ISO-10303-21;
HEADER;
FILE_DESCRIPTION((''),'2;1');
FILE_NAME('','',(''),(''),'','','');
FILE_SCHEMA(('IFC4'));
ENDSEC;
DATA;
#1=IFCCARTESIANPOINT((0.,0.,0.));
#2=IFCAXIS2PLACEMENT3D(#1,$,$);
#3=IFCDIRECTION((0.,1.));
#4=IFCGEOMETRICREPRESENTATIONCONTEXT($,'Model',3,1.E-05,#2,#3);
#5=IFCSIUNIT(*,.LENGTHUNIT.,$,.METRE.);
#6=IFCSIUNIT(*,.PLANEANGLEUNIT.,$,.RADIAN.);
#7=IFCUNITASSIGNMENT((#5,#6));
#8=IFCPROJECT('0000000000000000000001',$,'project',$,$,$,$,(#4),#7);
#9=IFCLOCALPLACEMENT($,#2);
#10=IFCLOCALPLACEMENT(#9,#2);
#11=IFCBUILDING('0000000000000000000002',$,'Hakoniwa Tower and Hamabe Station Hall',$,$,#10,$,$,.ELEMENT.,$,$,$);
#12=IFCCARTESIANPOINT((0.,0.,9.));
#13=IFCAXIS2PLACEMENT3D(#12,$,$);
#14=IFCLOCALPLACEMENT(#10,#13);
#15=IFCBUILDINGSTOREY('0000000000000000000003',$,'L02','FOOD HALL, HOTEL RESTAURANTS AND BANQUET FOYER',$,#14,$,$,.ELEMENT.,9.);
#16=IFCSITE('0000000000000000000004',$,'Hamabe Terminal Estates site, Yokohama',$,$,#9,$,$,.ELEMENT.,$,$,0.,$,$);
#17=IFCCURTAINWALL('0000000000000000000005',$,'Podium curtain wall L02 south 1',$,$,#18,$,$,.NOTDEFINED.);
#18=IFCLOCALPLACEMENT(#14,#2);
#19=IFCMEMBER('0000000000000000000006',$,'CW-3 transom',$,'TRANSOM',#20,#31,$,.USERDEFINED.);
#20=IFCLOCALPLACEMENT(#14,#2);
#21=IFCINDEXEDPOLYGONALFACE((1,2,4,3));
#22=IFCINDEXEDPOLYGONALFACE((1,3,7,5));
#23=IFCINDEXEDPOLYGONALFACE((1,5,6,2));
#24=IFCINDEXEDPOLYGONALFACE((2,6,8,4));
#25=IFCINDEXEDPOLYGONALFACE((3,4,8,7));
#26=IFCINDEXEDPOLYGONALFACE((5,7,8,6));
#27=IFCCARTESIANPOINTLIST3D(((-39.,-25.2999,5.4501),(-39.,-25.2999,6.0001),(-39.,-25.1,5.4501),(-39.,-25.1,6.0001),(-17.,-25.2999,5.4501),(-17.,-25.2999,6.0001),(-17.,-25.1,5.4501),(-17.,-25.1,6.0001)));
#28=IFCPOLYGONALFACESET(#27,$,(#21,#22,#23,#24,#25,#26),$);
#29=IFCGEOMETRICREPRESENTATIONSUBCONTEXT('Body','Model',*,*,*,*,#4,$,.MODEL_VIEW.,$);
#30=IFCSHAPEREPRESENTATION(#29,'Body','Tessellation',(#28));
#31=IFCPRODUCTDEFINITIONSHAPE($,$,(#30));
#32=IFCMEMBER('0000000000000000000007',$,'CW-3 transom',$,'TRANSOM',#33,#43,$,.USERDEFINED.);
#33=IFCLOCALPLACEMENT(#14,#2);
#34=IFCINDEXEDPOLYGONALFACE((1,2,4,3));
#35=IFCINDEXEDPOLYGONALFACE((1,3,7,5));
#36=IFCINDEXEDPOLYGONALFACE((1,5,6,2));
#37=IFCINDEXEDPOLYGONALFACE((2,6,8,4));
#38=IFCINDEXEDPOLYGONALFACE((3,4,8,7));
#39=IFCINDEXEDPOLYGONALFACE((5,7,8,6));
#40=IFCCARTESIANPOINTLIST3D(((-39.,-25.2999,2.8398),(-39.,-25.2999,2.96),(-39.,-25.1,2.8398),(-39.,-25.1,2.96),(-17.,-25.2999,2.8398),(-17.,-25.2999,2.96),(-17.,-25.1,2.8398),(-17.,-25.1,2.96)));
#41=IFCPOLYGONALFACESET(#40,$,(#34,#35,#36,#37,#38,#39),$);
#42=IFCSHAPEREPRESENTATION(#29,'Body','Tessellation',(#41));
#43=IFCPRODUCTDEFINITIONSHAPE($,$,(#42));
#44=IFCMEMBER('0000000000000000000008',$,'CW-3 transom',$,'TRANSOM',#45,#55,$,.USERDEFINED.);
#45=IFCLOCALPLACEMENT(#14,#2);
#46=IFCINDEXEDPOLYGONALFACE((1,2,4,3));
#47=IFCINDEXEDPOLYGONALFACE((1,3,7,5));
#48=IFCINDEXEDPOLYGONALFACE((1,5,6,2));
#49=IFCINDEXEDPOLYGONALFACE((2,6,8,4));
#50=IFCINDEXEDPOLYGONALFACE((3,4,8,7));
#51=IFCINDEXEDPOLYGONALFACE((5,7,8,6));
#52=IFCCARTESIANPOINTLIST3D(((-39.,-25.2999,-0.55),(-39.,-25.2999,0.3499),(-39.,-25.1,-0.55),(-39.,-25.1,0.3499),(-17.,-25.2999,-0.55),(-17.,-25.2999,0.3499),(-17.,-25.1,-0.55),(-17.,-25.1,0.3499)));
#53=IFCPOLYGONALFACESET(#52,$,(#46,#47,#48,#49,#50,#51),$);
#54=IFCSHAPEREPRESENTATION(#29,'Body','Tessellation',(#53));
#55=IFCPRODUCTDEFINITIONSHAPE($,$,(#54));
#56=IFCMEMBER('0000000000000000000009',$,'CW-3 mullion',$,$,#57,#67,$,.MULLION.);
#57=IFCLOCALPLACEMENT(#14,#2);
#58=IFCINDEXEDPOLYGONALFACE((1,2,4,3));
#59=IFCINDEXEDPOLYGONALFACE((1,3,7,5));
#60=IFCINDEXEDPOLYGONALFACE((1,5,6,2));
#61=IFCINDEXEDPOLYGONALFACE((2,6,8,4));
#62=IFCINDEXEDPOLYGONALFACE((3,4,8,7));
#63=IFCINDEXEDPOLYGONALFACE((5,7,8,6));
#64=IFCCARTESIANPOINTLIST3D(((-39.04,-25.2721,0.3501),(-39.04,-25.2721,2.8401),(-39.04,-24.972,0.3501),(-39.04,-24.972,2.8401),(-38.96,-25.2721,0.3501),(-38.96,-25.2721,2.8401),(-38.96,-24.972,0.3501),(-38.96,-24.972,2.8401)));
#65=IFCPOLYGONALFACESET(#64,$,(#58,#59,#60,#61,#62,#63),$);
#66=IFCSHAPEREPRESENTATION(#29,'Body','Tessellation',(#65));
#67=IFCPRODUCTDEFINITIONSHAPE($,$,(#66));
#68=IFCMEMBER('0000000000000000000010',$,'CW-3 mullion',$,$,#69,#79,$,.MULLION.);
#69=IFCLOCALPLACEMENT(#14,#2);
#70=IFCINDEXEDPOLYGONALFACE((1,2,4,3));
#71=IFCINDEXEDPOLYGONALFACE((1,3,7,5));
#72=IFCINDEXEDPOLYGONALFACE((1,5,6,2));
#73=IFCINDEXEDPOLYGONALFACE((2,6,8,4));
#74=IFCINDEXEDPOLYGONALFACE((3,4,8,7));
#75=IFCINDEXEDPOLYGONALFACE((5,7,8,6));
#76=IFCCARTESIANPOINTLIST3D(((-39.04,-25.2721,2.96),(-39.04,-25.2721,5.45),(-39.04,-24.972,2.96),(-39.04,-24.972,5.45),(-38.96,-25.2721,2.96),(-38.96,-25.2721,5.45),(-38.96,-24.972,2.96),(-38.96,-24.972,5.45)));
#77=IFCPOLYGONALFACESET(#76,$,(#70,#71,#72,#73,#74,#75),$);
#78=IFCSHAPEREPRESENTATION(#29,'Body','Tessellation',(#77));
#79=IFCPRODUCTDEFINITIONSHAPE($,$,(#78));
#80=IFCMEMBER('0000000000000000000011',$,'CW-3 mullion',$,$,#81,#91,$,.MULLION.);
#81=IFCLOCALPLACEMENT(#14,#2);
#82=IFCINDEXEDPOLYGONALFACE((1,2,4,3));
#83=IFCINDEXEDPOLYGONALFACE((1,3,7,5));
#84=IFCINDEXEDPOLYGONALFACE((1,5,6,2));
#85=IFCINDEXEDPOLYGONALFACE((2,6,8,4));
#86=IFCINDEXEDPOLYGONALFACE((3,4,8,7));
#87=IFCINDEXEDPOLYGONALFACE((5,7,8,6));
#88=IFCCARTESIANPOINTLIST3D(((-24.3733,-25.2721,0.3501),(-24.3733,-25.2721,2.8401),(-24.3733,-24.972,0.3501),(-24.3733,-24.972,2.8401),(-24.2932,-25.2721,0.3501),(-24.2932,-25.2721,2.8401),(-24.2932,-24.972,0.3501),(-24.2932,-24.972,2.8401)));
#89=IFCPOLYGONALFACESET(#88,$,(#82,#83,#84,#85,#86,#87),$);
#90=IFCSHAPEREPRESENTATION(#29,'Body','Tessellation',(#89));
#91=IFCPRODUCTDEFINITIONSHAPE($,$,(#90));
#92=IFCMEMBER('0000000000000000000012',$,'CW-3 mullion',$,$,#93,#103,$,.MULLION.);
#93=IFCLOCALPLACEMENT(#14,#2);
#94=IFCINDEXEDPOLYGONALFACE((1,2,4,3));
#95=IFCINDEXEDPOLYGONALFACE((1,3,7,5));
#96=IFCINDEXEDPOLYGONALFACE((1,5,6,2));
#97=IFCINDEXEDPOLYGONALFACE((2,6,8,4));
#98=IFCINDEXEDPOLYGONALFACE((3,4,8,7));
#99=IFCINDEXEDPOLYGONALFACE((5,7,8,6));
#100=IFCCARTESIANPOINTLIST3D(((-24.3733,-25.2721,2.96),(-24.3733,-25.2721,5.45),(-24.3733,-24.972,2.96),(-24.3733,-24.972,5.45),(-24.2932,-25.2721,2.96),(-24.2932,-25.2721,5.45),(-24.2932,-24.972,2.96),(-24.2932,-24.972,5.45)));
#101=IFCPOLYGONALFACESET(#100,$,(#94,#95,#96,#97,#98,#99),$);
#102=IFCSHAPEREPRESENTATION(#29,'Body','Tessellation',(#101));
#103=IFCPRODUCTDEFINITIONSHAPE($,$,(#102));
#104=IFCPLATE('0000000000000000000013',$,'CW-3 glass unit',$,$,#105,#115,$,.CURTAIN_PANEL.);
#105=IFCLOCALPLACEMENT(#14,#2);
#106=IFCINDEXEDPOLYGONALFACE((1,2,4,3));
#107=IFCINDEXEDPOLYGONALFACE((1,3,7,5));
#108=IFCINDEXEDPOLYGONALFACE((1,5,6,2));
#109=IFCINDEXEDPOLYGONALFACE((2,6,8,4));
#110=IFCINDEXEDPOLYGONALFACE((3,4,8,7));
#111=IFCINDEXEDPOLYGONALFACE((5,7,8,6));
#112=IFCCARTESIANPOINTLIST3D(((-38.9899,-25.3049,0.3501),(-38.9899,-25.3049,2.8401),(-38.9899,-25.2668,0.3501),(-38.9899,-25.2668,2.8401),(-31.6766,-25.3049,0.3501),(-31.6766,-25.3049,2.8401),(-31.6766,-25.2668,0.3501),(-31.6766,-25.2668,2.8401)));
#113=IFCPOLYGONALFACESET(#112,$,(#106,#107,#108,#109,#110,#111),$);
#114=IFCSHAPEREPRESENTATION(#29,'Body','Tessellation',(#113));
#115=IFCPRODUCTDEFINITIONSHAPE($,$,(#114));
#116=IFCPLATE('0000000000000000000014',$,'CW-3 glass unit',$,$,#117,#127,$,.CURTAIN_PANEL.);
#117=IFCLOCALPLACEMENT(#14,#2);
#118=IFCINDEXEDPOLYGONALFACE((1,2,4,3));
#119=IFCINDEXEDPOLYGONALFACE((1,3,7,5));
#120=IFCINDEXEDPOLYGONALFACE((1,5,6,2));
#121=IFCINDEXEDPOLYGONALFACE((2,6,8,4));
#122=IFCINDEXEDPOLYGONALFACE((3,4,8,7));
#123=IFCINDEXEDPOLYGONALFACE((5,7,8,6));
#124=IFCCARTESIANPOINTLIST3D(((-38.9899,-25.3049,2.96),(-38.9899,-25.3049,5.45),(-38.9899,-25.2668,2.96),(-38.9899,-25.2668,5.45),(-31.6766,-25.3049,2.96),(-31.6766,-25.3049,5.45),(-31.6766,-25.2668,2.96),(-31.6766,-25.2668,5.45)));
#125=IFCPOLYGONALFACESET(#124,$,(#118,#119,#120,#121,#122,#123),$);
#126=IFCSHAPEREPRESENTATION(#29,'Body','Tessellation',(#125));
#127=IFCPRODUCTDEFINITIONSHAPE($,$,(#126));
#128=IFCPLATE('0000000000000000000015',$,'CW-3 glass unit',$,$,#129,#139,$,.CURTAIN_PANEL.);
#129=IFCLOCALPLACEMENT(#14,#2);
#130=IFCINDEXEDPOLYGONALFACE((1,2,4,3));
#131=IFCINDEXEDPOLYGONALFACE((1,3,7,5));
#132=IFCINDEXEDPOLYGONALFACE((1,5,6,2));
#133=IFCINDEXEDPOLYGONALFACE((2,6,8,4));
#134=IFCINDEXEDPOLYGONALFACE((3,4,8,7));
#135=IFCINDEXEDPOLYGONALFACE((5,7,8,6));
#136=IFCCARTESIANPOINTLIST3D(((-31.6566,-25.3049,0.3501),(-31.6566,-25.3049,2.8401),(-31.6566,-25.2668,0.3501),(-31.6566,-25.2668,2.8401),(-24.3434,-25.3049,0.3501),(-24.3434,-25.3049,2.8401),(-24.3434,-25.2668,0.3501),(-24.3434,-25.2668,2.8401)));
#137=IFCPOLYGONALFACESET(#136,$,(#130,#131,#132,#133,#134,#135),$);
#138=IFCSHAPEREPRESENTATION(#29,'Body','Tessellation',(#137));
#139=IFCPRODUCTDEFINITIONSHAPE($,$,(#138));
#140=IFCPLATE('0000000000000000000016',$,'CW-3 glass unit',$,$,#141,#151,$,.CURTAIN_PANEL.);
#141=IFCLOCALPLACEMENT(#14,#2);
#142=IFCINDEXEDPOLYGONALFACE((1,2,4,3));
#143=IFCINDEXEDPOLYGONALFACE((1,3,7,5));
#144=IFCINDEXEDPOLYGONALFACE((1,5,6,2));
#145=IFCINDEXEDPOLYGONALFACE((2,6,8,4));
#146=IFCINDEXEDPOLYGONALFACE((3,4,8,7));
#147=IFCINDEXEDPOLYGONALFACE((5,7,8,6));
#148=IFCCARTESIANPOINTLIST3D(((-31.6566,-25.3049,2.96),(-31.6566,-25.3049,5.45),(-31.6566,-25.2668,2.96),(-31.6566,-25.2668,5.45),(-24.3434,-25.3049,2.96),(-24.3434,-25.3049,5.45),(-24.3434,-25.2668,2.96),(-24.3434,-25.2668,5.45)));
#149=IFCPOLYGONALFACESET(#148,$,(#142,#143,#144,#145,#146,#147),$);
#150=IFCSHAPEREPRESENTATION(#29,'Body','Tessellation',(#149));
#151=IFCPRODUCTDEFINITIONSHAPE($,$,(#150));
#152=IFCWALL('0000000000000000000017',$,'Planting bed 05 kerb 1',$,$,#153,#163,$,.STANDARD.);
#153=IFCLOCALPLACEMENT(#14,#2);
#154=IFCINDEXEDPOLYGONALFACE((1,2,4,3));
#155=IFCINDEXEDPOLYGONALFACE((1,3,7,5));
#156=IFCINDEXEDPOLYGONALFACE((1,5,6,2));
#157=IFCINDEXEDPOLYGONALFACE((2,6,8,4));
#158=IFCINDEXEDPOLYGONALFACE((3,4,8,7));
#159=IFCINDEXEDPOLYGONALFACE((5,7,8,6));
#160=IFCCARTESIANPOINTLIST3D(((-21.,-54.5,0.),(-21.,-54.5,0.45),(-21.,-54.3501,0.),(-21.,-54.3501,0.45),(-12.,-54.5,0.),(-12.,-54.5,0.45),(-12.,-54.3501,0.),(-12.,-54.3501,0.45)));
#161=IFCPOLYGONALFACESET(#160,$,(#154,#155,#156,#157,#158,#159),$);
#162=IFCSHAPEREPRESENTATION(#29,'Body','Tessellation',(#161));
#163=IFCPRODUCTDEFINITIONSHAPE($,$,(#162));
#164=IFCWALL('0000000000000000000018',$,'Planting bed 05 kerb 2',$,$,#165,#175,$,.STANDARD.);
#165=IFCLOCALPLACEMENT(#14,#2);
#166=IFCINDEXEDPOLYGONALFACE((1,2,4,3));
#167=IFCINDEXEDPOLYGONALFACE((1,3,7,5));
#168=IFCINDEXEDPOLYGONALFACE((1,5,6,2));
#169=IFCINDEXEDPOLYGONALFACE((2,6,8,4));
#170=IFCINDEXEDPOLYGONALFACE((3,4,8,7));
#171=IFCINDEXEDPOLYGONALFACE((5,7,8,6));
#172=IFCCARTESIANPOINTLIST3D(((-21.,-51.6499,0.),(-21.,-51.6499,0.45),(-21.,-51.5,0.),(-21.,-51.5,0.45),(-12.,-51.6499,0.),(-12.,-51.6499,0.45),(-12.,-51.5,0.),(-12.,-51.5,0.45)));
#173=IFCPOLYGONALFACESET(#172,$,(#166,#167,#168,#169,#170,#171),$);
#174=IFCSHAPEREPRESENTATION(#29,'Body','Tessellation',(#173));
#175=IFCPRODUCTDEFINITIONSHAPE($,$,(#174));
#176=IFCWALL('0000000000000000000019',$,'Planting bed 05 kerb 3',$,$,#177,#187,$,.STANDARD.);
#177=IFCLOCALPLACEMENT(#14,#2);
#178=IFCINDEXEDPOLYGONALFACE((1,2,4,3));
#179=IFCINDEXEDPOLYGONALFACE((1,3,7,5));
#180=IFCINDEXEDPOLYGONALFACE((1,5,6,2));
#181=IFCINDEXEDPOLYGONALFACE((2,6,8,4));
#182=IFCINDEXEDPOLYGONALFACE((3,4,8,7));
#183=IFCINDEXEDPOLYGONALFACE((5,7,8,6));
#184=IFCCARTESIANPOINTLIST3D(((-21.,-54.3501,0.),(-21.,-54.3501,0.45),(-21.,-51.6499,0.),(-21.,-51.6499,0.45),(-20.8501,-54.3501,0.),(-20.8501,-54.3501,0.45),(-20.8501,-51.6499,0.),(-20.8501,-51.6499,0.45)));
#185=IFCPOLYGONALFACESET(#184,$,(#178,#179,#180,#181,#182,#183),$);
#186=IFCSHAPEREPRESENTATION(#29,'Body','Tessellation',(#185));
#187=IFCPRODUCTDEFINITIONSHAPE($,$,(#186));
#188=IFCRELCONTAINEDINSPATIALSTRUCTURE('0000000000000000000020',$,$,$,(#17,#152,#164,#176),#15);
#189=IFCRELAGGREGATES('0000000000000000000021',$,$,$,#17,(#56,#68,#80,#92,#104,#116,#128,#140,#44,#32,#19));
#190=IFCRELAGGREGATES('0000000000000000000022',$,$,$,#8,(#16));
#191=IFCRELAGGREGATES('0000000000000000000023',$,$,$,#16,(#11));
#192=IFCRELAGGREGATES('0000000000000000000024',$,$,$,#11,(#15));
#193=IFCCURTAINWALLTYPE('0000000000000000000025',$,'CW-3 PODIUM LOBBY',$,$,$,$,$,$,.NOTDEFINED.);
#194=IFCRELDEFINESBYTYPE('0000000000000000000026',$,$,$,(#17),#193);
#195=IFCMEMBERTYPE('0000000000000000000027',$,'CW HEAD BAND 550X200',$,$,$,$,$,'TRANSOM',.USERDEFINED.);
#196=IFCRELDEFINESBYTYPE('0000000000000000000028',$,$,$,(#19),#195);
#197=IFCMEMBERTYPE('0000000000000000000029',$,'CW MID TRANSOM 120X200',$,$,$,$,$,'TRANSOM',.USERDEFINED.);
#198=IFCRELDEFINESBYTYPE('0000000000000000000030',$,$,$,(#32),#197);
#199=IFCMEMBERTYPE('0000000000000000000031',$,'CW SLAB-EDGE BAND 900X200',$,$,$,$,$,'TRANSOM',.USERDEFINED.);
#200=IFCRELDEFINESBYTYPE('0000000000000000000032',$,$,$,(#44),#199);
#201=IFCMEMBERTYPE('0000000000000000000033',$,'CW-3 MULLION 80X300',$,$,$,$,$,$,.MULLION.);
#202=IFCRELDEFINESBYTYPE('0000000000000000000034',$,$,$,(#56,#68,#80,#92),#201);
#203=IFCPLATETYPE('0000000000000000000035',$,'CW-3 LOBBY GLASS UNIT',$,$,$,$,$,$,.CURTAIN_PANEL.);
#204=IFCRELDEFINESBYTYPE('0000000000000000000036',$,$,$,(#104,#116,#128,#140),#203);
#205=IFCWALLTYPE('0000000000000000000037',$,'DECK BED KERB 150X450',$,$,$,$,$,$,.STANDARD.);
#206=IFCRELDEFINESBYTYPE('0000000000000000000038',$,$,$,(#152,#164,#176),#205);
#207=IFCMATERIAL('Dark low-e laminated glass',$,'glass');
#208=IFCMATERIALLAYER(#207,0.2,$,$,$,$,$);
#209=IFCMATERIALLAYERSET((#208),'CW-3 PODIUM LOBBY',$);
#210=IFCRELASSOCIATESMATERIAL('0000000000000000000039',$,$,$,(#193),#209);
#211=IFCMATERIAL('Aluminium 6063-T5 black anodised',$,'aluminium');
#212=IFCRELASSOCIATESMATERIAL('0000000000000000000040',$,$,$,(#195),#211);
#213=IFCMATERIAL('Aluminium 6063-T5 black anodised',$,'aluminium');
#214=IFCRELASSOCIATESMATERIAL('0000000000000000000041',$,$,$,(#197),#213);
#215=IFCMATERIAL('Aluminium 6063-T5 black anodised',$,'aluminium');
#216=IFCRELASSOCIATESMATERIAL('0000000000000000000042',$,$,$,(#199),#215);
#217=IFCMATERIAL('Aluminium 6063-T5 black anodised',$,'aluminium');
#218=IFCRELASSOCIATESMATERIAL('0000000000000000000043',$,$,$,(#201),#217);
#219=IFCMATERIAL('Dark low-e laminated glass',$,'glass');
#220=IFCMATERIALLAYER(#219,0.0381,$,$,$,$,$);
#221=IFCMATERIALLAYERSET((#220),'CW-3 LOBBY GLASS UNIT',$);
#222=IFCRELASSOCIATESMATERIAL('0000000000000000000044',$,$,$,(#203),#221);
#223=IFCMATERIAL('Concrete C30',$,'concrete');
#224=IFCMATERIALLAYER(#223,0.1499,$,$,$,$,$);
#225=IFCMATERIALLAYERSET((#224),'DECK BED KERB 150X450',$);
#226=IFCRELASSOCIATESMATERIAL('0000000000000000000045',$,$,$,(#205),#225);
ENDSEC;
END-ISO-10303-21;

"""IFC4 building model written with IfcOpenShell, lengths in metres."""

from ifc_helpers import new_model, si_unit, direction, frame, frame_2d, origin, origin_2d, place, context, subcontext, project, spatial, rectangle, extrude, material, layer, layer_set, material_profile, profile_set, type_object, element, aggregate, save


model = new_model("IFC4")

# Units and contexts
model_context = context("Model", 3, precision=1e-05, world=origin(), true_north=direction((0.0, 1.0)))
body_context = subcontext(model_context, "Body", "Model", "MODEL_VIEW")
ifc_project = project(units=[si_unit("LENGTHUNIT", "METRE"), si_unit("PLANEANGLEUNIT", "RADIAN")], contexts=[model_context])

# Site, building, storey
site_placement = place(None, origin())
site = spatial("IfcSite", under=ifc_project, at=site_placement, Name="Hamabe Terminal Estates site, Yokohama", CompositionType="ELEMENT", RefElevation=0.0)
building_placement = place(site_placement, origin())
building = spatial("IfcBuilding", under=site, at=building_placement, Name="Hakoniwa Tower and Hamabe Station Hall", CompositionType="ELEMENT")
storey_placement = place(building_placement, frame((0.0, 0.0, 9.0)))
storey = spatial("IfcBuildingStorey", under=building, at=storey_placement, Name="L02", Description="FOOD HALL, HOTEL RESTAURANTS AND BANQUET FOYER", CompositionType="ELEMENT", Elevation=9.0)

# Curtain wall, members, plates
ifc_material_1 = material(Name="Dark low-e laminated glass", Category="glass")
ifc_layer_1 = layer(ifc_material_1, 0.2)
ifc_layer_set_1 = layer_set([ifc_layer_1], Name="CW-3 PODIUM LOBBY")
curtain_wall_type = type_object("IfcCurtainWallType", Name="CW-3 PODIUM LOBBY", PredefinedType="NOTDEFINED", material=ifc_layer_set_1)
curtain_wall_placement = place(storey_placement, origin())
curtain_wall = element("IfcCurtainWall", 1, at=curtain_wall_placement, inside=storey, type_object=curtain_wall_type, Name="Podium curtain wall L02 south 1", PredefinedType="NOTDEFINED")
ifc_material_2 = material(Name="Aluminium 6063-T5 black anodised", Category="aluminium")
ifc_material_profile_1 = material_profile(ifc_material_2, rectangle(XDim=0.2, YDim=0.55, at=origin_2d()), Name="CW HEAD BAND 550X200")
ifc_profile_set_1 = profile_set([ifc_material_profile_1], Name="Aluminium 6063-T5 black anodised")
member_type_1 = type_object("IfcMemberType", Name="CW HEAD BAND 550X200", ElementType="TRANSOM", PredefinedType="USERDEFINED", material=ifc_profile_set_1)
member_1_placement = place(storey_placement, frame((-39.0, -25.2, 5.7251), z_axis=(1.0, 0.0, 0.0), x_axis=(0.0, 1.0, 0.0)))
member_1 = element("IfcMember", 2, at=member_1_placement, type_object=member_type_1, Name="CW-3 transom", ObjectType="TRANSOM", PredefinedType="USERDEFINED", context=body_context, shape_type="SweptSolid", body=[
    extrude(rectangle(XDim=0.2, YDim=0.55, at=origin_2d()), origin(), (0.0, 0.0, 1.0), 22.0),
])
ifc_material_3 = material(Name="Aluminium 6063-T5 black anodised", Category="aluminium")
ifc_material_profile_2 = material_profile(ifc_material_3, rectangle(XDim=0.2, YDim=0.1201, at=origin_2d()), Name="CW MID TRANSOM 120X200")
ifc_profile_set_2 = profile_set([ifc_material_profile_2], Name="Aluminium 6063-T5 black anodised")
member_type_2 = type_object("IfcMemberType", Name="CW MID TRANSOM 120X200", ElementType="TRANSOM", PredefinedType="USERDEFINED", material=ifc_profile_set_2)
member_2_placement = place(storey_placement, frame((-39.0, -25.2, 2.8999), z_axis=(1.0, 0.0, 0.0), x_axis=(0.0, 1.0, 0.0)))
member_2 = element("IfcMember", 3, at=member_2_placement, type_object=member_type_2, Name="CW-3 transom", ObjectType="TRANSOM", PredefinedType="USERDEFINED", context=body_context, shape_type="SweptSolid", body=[
    extrude(rectangle(XDim=0.2, YDim=0.1201, at=origin_2d()), origin(), (0.0, 0.0, 1.0), 22.0),
])
ifc_material_4 = material(Name="Aluminium 6063-T5 black anodised", Category="aluminium")
ifc_material_profile_3 = material_profile(ifc_material_4, rectangle(XDim=0.2, YDim=0.8999, at=origin_2d()), Name="CW SLAB-EDGE BAND 900X200")
ifc_profile_set_3 = profile_set([ifc_material_profile_3], Name="Aluminium 6063-T5 black anodised")
member_type_3 = type_object("IfcMemberType", Name="CW SLAB-EDGE BAND 900X200", ElementType="TRANSOM", PredefinedType="USERDEFINED", material=ifc_profile_set_3)
member_3_placement = place(storey_placement, frame((-39.0, -25.2, -0.1001), z_axis=(1.0, 0.0, 0.0), x_axis=(0.0, 1.0, 0.0)))
member_3 = element("IfcMember", 4, at=member_3_placement, type_object=member_type_3, Name="CW-3 transom", ObjectType="TRANSOM", PredefinedType="USERDEFINED", context=body_context, shape_type="SweptSolid", body=[
    extrude(rectangle(XDim=0.2, YDim=0.8999, at=origin_2d()), origin(), (0.0, 0.0, 1.0), 22.0),
])
ifc_material_5 = material(Name="Aluminium 6063-T5 black anodised", Category="aluminium")
ifc_material_profile_4 = material_profile(ifc_material_5, rectangle(XDim=0.0801, YDim=0.3, at=origin_2d()), Name="CW-3 MULLION 80X300")
ifc_profile_set_4 = profile_set([ifc_material_profile_4], Name="Aluminium 6063-T5 black anodised")
member_type_4 = type_object("IfcMemberType", Name="CW-3 MULLION 80X300", PredefinedType="MULLION", material=ifc_profile_set_4)
member_4_placement = place(storey_placement, frame((-39.0, -25.1221, 0.3501), z_axis=(0.0, 0.0, 1.0), x_axis=(1.0, 0.0, 0.0)))
member_4 = element("IfcMember", 5, at=member_4_placement, type_object=member_type_4, Name="CW-3 mullion", PredefinedType="MULLION", context=body_context, shape_type="SweptSolid", body=[
    extrude(rectangle(XDim=0.0801, YDim=0.3, at=origin_2d()), origin(), (0.0, 0.0, 1.0), 2.49),
])
member_5_placement = place(storey_placement, frame((-39.0, -25.1221, 2.96), z_axis=(0.0, 0.0, 1.0), x_axis=(1.0, 0.0, 0.0)))
member_5 = element("IfcMember", 6, at=member_5_placement, type_object=member_type_4, Name="CW-3 mullion", PredefinedType="MULLION", context=body_context, shape_type="SweptSolid", body=[
    extrude(rectangle(XDim=0.0801, YDim=0.3, at=origin_2d()), origin(), (0.0, 0.0, 1.0), 2.49),
])
member_6_placement = place(storey_placement, frame((-24.3333, -25.1221, 0.3501), z_axis=(0.0, 0.0, 1.0), x_axis=(1.0, 0.0, 0.0)))
member_6 = element("IfcMember", 7, at=member_6_placement, type_object=member_type_4, Name="CW-3 mullion", PredefinedType="MULLION", context=body_context, shape_type="SweptSolid", body=[
    extrude(rectangle(XDim=0.0801, YDim=0.3, at=origin_2d()), origin(), (0.0, 0.0, 1.0), 2.49),
])
member_7_placement = place(storey_placement, frame((-24.3333, -25.1221, 2.96), z_axis=(0.0, 0.0, 1.0), x_axis=(1.0, 0.0, 0.0)))
member_7 = element("IfcMember", 8, at=member_7_placement, type_object=member_type_4, Name="CW-3 mullion", PredefinedType="MULLION", context=body_context, shape_type="SweptSolid", body=[
    extrude(rectangle(XDim=0.0801, YDim=0.3, at=origin_2d()), origin(), (0.0, 0.0, 1.0), 2.49),
])
ifc_material_6 = material(Name="Dark low-e laminated glass", Category="glass")
ifc_layer_2 = layer(ifc_material_6, 0.0381)
ifc_layer_set_2 = layer_set([ifc_layer_2], Name="CW-3 LOBBY GLASS UNIT")
plate_type = type_object("IfcPlateType", Name="CW-3 LOBBY GLASS UNIT", PredefinedType="CURTAIN_PANEL", material=ifc_layer_set_2)
plate_1_placement = place(storey_placement, frame((-35.3333, -25.2859, 0.3501), z_axis=(0.0, 0.0, 1.0), x_axis=(1.0, 0.0, 0.0)))
plate_1 = element("IfcPlate", 9, at=plate_1_placement, type_object=plate_type, Name="CW-3 glass unit", PredefinedType="CURTAIN_PANEL", context=body_context, shape_type="SweptSolid", body=[
    extrude(rectangle(XDim=7.3132, YDim=0.0381, at=origin_2d()), origin(), (0.0, 0.0, 1.0), 2.49),
])
plate_2_placement = place(storey_placement, frame((-35.3333, -25.2859, 2.96), z_axis=(0.0, 0.0, 1.0), x_axis=(1.0, 0.0, 0.0)))
plate_2 = element("IfcPlate", 10, at=plate_2_placement, type_object=plate_type, Name="CW-3 glass unit", PredefinedType="CURTAIN_PANEL", context=body_context, shape_type="SweptSolid", body=[
    extrude(rectangle(XDim=7.3132, YDim=0.0381, at=origin_2d()), origin(), (0.0, 0.0, 1.0), 2.49),
])
plate_3_placement = place(storey_placement, frame((-28.0, -25.2859, 0.3501), z_axis=(0.0, 0.0, 1.0), x_axis=(1.0, 0.0, 0.0)))
plate_3 = element("IfcPlate", 11, at=plate_3_placement, type_object=plate_type, Name="CW-3 glass unit", PredefinedType="CURTAIN_PANEL", context=body_context, shape_type="SweptSolid", body=[
    extrude(rectangle(XDim=7.3132, YDim=0.0381, at=origin_2d()), origin(), (0.0, 0.0, 1.0), 2.49),
])
plate_4_placement = place(storey_placement, frame((-28.0, -25.2859, 2.96), z_axis=(0.0, 0.0, 1.0), x_axis=(1.0, 0.0, 0.0)))
plate_4 = element("IfcPlate", 12, at=plate_4_placement, type_object=plate_type, Name="CW-3 glass unit", PredefinedType="CURTAIN_PANEL", context=body_context, shape_type="SweptSolid", body=[
    extrude(rectangle(XDim=7.3132, YDim=0.0381, at=origin_2d()), origin(), (0.0, 0.0, 1.0), 2.49),
])
aggregate(curtain_wall, [member_4, member_5, member_6, member_7, plate_1, plate_2, plate_3, plate_4, member_3, member_2, member_1])

# Walls
ifc_material_7 = material(Name="Concrete C30", Category="concrete")
ifc_layer_3 = layer(ifc_material_7, 0.1499)
ifc_layer_set_3 = layer_set([ifc_layer_3], Name="DECK BED KERB 150X450")
wall_type_1 = type_object("IfcWallType", Name="DECK BED KERB 150X450", PredefinedType="STANDARD", material=ifc_layer_set_3)
for number, where, z_axis, x_axis, name in (
    (13, (-21.0, -54.425, 0.0), (0.0, 0.0, 1.0), (1.0, 0.0, 0.0), "Planting bed 05 kerb 1"),
    (14, (-21.0, -51.575, 0.0), (0.0, 0.0, 1.0), (1.0, 0.0, 0.0), "Planting bed 05 kerb 2"),
):
    element("IfcWall", number, at=place(storey_placement, frame(where, z_axis=z_axis, x_axis=x_axis)), inside=storey, type_object=wall_type_1, Name=name, PredefinedType="STANDARD", context=body_context, shape_type="SweptSolid", body=[
        extrude(rectangle(XDim=9.0, YDim=0.1499, at=frame_2d((4.5, 0.0))), origin(), (0.0, 0.0, 1.0), 0.45),
    ])
wall_1_placement = place(storey_placement, frame((-20.925, -54.3501, 0.0), z_axis=(0.0, 0.0, 1.0), x_axis=(0.0, 1.0, 0.0)))
element("IfcWall", 15, at=wall_1_placement, inside=storey, type_object=wall_type_1, Name="Planting bed 05 kerb 3", PredefinedType="STANDARD", context=body_context, shape_type="SweptSolid", body=[
    extrude(rectangle(XDim=2.7002, YDim=0.1499, at=frame_2d((1.3501, 0.0))), origin(), (0.0, 0.0, 1.0), 0.45),
])

save(model, "model.ifc")
